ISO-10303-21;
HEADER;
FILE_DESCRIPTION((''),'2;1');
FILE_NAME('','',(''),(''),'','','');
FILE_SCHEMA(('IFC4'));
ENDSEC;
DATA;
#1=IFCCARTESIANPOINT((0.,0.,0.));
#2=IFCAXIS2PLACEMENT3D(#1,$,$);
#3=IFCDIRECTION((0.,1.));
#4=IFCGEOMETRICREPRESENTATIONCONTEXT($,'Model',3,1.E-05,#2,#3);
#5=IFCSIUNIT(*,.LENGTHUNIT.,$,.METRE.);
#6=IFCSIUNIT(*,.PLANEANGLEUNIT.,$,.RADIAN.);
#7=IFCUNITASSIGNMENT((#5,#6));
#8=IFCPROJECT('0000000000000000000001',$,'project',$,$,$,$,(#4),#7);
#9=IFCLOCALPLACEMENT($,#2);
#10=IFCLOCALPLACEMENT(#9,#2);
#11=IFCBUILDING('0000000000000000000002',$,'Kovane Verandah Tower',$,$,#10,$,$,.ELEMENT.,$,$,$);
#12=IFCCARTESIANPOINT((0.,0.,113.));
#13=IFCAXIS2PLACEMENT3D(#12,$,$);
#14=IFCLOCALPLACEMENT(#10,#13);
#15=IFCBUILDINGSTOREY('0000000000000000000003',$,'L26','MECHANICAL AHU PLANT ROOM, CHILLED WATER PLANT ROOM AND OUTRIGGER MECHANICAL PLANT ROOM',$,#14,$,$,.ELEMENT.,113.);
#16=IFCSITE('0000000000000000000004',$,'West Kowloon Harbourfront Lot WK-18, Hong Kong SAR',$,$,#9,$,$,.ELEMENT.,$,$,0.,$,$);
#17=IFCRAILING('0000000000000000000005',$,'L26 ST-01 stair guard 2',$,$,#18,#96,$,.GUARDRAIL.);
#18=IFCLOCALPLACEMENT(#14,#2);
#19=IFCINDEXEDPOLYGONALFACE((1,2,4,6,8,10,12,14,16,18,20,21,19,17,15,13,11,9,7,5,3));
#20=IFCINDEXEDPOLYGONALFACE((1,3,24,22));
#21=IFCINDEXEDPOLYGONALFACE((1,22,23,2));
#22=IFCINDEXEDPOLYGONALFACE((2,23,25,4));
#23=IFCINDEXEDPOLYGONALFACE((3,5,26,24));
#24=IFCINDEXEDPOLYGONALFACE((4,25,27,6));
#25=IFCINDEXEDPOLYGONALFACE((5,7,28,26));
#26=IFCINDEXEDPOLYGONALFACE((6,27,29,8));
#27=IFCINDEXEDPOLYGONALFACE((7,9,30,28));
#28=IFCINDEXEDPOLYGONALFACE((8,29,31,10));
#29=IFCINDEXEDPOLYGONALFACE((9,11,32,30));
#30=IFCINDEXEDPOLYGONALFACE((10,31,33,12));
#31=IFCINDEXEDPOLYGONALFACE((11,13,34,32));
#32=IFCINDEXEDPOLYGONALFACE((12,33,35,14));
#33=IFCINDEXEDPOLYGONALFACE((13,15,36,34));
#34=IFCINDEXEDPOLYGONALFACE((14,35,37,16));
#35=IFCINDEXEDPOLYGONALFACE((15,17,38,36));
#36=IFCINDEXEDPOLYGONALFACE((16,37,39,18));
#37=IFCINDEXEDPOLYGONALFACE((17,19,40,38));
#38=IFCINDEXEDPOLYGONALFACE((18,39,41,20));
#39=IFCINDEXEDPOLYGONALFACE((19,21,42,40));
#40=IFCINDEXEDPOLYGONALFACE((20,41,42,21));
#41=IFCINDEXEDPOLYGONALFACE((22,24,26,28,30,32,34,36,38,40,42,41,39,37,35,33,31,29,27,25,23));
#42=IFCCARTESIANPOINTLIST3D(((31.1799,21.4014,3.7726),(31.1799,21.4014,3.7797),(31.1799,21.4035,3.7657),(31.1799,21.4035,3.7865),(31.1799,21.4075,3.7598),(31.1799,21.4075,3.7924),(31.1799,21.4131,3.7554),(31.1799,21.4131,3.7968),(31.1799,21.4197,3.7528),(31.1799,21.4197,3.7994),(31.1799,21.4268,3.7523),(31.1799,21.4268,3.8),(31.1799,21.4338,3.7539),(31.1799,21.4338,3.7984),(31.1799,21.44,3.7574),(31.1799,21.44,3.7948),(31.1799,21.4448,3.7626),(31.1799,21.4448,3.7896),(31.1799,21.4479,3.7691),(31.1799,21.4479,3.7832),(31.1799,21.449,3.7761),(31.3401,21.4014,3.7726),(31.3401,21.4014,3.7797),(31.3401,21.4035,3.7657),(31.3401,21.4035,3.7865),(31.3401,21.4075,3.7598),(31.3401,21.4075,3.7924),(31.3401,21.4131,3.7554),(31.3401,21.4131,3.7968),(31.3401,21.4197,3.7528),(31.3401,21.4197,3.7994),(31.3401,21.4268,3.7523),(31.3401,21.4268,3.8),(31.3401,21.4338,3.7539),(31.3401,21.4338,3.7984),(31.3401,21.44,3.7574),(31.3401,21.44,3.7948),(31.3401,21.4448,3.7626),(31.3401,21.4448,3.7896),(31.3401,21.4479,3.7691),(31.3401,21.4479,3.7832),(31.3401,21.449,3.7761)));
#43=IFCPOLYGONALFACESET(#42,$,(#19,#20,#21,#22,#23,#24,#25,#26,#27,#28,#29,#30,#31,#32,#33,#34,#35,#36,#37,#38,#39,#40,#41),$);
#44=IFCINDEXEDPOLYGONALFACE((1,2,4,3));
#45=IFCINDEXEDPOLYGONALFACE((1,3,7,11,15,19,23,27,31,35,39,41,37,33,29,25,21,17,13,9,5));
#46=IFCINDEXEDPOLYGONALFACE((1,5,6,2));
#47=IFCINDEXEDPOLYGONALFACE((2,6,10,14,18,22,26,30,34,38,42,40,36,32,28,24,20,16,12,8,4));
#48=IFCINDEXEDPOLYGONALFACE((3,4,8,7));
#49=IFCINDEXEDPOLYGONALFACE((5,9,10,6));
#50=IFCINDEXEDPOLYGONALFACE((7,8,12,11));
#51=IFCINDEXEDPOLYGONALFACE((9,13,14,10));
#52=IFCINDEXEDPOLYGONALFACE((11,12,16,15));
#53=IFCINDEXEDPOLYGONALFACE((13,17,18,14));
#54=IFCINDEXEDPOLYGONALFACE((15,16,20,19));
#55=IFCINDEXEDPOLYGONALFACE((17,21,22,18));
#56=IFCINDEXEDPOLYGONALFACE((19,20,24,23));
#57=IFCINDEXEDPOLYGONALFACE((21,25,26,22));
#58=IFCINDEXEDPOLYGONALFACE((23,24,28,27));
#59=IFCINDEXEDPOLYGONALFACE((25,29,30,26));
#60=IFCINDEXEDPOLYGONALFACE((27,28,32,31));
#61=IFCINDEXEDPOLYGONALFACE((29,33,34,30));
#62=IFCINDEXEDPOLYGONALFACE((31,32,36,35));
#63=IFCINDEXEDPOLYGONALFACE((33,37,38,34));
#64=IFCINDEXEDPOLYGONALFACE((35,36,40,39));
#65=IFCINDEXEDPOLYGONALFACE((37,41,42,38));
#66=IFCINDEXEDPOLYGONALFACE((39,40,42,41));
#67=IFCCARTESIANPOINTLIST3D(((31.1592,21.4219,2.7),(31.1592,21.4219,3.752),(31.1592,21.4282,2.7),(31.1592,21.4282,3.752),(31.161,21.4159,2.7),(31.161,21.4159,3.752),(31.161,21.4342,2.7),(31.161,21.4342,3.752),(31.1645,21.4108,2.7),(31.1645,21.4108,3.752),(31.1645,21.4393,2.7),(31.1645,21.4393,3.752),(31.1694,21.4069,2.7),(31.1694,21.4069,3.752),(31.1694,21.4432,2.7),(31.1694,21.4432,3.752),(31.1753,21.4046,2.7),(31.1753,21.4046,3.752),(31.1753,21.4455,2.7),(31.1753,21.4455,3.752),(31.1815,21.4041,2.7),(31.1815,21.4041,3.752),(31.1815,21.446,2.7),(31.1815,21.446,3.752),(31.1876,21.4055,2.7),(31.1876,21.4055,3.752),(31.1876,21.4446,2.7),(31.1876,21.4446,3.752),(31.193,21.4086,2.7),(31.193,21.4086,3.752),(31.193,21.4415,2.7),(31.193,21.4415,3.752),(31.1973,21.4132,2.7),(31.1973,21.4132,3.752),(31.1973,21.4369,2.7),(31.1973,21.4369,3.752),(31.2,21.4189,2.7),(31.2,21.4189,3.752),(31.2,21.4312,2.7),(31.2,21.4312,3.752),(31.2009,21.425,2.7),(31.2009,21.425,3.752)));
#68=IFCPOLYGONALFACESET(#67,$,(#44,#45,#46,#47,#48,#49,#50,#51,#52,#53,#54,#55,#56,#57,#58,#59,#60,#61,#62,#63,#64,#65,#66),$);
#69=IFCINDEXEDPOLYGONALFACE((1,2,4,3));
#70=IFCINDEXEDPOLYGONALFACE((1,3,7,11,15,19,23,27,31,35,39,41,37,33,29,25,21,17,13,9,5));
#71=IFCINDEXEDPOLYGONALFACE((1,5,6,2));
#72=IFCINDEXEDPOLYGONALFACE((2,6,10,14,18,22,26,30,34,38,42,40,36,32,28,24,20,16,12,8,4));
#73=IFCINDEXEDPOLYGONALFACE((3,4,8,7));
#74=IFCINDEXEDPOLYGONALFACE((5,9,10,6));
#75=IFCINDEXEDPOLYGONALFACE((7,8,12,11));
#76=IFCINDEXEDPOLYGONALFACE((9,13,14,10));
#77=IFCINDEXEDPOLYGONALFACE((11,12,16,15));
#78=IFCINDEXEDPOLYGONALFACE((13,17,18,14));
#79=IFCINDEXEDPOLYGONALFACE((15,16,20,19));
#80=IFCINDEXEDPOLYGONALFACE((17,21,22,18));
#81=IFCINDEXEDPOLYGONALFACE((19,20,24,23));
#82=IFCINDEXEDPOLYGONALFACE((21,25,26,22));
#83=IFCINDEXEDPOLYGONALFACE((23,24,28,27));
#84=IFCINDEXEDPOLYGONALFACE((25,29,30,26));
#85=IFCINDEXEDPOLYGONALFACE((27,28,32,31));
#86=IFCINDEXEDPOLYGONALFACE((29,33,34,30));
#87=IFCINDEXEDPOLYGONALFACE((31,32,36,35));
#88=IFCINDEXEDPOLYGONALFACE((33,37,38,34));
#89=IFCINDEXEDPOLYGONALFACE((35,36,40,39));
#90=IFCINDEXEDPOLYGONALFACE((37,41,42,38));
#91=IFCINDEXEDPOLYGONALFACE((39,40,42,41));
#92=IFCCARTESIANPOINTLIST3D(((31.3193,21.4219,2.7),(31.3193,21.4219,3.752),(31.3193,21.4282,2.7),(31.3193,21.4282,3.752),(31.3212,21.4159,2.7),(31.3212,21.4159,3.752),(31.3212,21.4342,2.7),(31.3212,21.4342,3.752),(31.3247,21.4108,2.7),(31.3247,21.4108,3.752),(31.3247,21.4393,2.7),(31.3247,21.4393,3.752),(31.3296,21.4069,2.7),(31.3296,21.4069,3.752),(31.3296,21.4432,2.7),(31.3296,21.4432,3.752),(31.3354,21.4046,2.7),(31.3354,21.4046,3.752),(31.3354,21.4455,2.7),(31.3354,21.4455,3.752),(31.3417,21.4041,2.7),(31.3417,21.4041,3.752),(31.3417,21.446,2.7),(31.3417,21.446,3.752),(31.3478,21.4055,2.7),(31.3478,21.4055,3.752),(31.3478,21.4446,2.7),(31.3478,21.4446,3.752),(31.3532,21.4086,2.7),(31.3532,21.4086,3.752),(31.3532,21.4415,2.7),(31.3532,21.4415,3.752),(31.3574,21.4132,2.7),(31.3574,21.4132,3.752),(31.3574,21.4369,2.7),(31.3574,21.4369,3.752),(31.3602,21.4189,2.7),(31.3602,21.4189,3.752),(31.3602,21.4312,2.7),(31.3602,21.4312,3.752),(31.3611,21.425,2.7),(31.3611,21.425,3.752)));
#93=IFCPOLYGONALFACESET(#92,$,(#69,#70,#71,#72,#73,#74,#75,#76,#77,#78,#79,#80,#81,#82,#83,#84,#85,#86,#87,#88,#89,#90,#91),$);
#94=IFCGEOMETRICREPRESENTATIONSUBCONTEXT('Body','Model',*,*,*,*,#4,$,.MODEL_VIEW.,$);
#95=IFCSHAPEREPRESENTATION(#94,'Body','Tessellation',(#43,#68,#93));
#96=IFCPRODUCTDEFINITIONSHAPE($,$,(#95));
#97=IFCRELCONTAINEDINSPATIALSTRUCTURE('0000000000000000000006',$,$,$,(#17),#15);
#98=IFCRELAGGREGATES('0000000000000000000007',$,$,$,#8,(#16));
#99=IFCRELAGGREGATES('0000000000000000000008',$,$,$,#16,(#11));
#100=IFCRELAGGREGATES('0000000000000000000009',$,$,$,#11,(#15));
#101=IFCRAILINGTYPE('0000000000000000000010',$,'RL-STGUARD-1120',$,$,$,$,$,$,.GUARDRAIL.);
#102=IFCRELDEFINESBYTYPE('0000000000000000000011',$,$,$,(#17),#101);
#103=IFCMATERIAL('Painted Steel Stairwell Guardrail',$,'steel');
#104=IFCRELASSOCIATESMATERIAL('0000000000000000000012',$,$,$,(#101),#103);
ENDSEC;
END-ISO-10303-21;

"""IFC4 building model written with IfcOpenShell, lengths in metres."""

from ifc_helpers import new_model, si_unit, direction, frame, origin, origin_2d, place, context, subcontext, project, spatial, circle, extrude, material, type_object, element, save


model = new_model("IFC4")

# Units and contexts
model_context = context("Model", 3, precision=1e-05, world=origin(), true_north=direction((0.0, 1.0)))
body_context = subcontext(model_context, "Body", "Model", "MODEL_VIEW")
ifc_project = project(units=[si_unit("LENGTHUNIT", "METRE"), si_unit("PLANEANGLEUNIT", "RADIAN")], contexts=[model_context])

# Site, building, storey
site_placement = place(None, origin())
site = spatial("IfcSite", under=ifc_project, at=site_placement, Name="West Kowloon Harbourfront Lot WK-18, Hong Kong SAR", CompositionType="ELEMENT", RefElevation=0.0)
building_placement = place(site_placement, origin())
building = spatial("IfcBuilding", under=site, at=building_placement, Name="Kovane Verandah Tower", CompositionType="ELEMENT")
storey_placement = place(building_placement, frame((0.0, 0.0, 113.0)))
storey = spatial("IfcBuildingStorey", under=building, at=storey_placement, Name="L26", Description="MECHANICAL AHU PLANT ROOM, CHILLED WATER PLANT ROOM AND OUTRIGGER MECHANICAL PLANT ROOM", CompositionType="ELEMENT", Elevation=113.0)

# Railing
ifc_material_1 = material(Name="Painted Steel Stairwell Guardrail", Category="steel")
railing_type_1 = type_object("IfcRailingType", Name="RL-STGUARD-1120", PredefinedType="GUARDRAIL", material=ifc_material_1)
railing_1_placement = place(storey_placement, frame((31.1799, 21.425, 2.7)))
element("IfcRailing", 1, at=railing_1_placement, inside=storey, type_object=railing_type_1, Name="L26 ST-01 stair guard 2", PredefinedType="GUARDRAIL", context=body_context, shape_type="SweptSolid", body=[
    extrude(circle(Radius=0.0239, at=origin_2d()), frame((0.0, 0.0, 1.0762), z_axis=(1.0, 0.0, 0.0), x_axis=(0.0, 1.0, 0.0)), (0.0, 0.0, 1.0), 0.1602),
    extrude(circle(Radius=0.021, at=origin_2d()), origin(), (0.0, 0.0, 1.0), 1.052),
    extrude(circle(Radius=0.021, at=origin_2d()), frame((0.1602, 0.0, 0.0)), (0.0, 0.0, 1.0), 1.052),
])

save(model, "model.ifc")
